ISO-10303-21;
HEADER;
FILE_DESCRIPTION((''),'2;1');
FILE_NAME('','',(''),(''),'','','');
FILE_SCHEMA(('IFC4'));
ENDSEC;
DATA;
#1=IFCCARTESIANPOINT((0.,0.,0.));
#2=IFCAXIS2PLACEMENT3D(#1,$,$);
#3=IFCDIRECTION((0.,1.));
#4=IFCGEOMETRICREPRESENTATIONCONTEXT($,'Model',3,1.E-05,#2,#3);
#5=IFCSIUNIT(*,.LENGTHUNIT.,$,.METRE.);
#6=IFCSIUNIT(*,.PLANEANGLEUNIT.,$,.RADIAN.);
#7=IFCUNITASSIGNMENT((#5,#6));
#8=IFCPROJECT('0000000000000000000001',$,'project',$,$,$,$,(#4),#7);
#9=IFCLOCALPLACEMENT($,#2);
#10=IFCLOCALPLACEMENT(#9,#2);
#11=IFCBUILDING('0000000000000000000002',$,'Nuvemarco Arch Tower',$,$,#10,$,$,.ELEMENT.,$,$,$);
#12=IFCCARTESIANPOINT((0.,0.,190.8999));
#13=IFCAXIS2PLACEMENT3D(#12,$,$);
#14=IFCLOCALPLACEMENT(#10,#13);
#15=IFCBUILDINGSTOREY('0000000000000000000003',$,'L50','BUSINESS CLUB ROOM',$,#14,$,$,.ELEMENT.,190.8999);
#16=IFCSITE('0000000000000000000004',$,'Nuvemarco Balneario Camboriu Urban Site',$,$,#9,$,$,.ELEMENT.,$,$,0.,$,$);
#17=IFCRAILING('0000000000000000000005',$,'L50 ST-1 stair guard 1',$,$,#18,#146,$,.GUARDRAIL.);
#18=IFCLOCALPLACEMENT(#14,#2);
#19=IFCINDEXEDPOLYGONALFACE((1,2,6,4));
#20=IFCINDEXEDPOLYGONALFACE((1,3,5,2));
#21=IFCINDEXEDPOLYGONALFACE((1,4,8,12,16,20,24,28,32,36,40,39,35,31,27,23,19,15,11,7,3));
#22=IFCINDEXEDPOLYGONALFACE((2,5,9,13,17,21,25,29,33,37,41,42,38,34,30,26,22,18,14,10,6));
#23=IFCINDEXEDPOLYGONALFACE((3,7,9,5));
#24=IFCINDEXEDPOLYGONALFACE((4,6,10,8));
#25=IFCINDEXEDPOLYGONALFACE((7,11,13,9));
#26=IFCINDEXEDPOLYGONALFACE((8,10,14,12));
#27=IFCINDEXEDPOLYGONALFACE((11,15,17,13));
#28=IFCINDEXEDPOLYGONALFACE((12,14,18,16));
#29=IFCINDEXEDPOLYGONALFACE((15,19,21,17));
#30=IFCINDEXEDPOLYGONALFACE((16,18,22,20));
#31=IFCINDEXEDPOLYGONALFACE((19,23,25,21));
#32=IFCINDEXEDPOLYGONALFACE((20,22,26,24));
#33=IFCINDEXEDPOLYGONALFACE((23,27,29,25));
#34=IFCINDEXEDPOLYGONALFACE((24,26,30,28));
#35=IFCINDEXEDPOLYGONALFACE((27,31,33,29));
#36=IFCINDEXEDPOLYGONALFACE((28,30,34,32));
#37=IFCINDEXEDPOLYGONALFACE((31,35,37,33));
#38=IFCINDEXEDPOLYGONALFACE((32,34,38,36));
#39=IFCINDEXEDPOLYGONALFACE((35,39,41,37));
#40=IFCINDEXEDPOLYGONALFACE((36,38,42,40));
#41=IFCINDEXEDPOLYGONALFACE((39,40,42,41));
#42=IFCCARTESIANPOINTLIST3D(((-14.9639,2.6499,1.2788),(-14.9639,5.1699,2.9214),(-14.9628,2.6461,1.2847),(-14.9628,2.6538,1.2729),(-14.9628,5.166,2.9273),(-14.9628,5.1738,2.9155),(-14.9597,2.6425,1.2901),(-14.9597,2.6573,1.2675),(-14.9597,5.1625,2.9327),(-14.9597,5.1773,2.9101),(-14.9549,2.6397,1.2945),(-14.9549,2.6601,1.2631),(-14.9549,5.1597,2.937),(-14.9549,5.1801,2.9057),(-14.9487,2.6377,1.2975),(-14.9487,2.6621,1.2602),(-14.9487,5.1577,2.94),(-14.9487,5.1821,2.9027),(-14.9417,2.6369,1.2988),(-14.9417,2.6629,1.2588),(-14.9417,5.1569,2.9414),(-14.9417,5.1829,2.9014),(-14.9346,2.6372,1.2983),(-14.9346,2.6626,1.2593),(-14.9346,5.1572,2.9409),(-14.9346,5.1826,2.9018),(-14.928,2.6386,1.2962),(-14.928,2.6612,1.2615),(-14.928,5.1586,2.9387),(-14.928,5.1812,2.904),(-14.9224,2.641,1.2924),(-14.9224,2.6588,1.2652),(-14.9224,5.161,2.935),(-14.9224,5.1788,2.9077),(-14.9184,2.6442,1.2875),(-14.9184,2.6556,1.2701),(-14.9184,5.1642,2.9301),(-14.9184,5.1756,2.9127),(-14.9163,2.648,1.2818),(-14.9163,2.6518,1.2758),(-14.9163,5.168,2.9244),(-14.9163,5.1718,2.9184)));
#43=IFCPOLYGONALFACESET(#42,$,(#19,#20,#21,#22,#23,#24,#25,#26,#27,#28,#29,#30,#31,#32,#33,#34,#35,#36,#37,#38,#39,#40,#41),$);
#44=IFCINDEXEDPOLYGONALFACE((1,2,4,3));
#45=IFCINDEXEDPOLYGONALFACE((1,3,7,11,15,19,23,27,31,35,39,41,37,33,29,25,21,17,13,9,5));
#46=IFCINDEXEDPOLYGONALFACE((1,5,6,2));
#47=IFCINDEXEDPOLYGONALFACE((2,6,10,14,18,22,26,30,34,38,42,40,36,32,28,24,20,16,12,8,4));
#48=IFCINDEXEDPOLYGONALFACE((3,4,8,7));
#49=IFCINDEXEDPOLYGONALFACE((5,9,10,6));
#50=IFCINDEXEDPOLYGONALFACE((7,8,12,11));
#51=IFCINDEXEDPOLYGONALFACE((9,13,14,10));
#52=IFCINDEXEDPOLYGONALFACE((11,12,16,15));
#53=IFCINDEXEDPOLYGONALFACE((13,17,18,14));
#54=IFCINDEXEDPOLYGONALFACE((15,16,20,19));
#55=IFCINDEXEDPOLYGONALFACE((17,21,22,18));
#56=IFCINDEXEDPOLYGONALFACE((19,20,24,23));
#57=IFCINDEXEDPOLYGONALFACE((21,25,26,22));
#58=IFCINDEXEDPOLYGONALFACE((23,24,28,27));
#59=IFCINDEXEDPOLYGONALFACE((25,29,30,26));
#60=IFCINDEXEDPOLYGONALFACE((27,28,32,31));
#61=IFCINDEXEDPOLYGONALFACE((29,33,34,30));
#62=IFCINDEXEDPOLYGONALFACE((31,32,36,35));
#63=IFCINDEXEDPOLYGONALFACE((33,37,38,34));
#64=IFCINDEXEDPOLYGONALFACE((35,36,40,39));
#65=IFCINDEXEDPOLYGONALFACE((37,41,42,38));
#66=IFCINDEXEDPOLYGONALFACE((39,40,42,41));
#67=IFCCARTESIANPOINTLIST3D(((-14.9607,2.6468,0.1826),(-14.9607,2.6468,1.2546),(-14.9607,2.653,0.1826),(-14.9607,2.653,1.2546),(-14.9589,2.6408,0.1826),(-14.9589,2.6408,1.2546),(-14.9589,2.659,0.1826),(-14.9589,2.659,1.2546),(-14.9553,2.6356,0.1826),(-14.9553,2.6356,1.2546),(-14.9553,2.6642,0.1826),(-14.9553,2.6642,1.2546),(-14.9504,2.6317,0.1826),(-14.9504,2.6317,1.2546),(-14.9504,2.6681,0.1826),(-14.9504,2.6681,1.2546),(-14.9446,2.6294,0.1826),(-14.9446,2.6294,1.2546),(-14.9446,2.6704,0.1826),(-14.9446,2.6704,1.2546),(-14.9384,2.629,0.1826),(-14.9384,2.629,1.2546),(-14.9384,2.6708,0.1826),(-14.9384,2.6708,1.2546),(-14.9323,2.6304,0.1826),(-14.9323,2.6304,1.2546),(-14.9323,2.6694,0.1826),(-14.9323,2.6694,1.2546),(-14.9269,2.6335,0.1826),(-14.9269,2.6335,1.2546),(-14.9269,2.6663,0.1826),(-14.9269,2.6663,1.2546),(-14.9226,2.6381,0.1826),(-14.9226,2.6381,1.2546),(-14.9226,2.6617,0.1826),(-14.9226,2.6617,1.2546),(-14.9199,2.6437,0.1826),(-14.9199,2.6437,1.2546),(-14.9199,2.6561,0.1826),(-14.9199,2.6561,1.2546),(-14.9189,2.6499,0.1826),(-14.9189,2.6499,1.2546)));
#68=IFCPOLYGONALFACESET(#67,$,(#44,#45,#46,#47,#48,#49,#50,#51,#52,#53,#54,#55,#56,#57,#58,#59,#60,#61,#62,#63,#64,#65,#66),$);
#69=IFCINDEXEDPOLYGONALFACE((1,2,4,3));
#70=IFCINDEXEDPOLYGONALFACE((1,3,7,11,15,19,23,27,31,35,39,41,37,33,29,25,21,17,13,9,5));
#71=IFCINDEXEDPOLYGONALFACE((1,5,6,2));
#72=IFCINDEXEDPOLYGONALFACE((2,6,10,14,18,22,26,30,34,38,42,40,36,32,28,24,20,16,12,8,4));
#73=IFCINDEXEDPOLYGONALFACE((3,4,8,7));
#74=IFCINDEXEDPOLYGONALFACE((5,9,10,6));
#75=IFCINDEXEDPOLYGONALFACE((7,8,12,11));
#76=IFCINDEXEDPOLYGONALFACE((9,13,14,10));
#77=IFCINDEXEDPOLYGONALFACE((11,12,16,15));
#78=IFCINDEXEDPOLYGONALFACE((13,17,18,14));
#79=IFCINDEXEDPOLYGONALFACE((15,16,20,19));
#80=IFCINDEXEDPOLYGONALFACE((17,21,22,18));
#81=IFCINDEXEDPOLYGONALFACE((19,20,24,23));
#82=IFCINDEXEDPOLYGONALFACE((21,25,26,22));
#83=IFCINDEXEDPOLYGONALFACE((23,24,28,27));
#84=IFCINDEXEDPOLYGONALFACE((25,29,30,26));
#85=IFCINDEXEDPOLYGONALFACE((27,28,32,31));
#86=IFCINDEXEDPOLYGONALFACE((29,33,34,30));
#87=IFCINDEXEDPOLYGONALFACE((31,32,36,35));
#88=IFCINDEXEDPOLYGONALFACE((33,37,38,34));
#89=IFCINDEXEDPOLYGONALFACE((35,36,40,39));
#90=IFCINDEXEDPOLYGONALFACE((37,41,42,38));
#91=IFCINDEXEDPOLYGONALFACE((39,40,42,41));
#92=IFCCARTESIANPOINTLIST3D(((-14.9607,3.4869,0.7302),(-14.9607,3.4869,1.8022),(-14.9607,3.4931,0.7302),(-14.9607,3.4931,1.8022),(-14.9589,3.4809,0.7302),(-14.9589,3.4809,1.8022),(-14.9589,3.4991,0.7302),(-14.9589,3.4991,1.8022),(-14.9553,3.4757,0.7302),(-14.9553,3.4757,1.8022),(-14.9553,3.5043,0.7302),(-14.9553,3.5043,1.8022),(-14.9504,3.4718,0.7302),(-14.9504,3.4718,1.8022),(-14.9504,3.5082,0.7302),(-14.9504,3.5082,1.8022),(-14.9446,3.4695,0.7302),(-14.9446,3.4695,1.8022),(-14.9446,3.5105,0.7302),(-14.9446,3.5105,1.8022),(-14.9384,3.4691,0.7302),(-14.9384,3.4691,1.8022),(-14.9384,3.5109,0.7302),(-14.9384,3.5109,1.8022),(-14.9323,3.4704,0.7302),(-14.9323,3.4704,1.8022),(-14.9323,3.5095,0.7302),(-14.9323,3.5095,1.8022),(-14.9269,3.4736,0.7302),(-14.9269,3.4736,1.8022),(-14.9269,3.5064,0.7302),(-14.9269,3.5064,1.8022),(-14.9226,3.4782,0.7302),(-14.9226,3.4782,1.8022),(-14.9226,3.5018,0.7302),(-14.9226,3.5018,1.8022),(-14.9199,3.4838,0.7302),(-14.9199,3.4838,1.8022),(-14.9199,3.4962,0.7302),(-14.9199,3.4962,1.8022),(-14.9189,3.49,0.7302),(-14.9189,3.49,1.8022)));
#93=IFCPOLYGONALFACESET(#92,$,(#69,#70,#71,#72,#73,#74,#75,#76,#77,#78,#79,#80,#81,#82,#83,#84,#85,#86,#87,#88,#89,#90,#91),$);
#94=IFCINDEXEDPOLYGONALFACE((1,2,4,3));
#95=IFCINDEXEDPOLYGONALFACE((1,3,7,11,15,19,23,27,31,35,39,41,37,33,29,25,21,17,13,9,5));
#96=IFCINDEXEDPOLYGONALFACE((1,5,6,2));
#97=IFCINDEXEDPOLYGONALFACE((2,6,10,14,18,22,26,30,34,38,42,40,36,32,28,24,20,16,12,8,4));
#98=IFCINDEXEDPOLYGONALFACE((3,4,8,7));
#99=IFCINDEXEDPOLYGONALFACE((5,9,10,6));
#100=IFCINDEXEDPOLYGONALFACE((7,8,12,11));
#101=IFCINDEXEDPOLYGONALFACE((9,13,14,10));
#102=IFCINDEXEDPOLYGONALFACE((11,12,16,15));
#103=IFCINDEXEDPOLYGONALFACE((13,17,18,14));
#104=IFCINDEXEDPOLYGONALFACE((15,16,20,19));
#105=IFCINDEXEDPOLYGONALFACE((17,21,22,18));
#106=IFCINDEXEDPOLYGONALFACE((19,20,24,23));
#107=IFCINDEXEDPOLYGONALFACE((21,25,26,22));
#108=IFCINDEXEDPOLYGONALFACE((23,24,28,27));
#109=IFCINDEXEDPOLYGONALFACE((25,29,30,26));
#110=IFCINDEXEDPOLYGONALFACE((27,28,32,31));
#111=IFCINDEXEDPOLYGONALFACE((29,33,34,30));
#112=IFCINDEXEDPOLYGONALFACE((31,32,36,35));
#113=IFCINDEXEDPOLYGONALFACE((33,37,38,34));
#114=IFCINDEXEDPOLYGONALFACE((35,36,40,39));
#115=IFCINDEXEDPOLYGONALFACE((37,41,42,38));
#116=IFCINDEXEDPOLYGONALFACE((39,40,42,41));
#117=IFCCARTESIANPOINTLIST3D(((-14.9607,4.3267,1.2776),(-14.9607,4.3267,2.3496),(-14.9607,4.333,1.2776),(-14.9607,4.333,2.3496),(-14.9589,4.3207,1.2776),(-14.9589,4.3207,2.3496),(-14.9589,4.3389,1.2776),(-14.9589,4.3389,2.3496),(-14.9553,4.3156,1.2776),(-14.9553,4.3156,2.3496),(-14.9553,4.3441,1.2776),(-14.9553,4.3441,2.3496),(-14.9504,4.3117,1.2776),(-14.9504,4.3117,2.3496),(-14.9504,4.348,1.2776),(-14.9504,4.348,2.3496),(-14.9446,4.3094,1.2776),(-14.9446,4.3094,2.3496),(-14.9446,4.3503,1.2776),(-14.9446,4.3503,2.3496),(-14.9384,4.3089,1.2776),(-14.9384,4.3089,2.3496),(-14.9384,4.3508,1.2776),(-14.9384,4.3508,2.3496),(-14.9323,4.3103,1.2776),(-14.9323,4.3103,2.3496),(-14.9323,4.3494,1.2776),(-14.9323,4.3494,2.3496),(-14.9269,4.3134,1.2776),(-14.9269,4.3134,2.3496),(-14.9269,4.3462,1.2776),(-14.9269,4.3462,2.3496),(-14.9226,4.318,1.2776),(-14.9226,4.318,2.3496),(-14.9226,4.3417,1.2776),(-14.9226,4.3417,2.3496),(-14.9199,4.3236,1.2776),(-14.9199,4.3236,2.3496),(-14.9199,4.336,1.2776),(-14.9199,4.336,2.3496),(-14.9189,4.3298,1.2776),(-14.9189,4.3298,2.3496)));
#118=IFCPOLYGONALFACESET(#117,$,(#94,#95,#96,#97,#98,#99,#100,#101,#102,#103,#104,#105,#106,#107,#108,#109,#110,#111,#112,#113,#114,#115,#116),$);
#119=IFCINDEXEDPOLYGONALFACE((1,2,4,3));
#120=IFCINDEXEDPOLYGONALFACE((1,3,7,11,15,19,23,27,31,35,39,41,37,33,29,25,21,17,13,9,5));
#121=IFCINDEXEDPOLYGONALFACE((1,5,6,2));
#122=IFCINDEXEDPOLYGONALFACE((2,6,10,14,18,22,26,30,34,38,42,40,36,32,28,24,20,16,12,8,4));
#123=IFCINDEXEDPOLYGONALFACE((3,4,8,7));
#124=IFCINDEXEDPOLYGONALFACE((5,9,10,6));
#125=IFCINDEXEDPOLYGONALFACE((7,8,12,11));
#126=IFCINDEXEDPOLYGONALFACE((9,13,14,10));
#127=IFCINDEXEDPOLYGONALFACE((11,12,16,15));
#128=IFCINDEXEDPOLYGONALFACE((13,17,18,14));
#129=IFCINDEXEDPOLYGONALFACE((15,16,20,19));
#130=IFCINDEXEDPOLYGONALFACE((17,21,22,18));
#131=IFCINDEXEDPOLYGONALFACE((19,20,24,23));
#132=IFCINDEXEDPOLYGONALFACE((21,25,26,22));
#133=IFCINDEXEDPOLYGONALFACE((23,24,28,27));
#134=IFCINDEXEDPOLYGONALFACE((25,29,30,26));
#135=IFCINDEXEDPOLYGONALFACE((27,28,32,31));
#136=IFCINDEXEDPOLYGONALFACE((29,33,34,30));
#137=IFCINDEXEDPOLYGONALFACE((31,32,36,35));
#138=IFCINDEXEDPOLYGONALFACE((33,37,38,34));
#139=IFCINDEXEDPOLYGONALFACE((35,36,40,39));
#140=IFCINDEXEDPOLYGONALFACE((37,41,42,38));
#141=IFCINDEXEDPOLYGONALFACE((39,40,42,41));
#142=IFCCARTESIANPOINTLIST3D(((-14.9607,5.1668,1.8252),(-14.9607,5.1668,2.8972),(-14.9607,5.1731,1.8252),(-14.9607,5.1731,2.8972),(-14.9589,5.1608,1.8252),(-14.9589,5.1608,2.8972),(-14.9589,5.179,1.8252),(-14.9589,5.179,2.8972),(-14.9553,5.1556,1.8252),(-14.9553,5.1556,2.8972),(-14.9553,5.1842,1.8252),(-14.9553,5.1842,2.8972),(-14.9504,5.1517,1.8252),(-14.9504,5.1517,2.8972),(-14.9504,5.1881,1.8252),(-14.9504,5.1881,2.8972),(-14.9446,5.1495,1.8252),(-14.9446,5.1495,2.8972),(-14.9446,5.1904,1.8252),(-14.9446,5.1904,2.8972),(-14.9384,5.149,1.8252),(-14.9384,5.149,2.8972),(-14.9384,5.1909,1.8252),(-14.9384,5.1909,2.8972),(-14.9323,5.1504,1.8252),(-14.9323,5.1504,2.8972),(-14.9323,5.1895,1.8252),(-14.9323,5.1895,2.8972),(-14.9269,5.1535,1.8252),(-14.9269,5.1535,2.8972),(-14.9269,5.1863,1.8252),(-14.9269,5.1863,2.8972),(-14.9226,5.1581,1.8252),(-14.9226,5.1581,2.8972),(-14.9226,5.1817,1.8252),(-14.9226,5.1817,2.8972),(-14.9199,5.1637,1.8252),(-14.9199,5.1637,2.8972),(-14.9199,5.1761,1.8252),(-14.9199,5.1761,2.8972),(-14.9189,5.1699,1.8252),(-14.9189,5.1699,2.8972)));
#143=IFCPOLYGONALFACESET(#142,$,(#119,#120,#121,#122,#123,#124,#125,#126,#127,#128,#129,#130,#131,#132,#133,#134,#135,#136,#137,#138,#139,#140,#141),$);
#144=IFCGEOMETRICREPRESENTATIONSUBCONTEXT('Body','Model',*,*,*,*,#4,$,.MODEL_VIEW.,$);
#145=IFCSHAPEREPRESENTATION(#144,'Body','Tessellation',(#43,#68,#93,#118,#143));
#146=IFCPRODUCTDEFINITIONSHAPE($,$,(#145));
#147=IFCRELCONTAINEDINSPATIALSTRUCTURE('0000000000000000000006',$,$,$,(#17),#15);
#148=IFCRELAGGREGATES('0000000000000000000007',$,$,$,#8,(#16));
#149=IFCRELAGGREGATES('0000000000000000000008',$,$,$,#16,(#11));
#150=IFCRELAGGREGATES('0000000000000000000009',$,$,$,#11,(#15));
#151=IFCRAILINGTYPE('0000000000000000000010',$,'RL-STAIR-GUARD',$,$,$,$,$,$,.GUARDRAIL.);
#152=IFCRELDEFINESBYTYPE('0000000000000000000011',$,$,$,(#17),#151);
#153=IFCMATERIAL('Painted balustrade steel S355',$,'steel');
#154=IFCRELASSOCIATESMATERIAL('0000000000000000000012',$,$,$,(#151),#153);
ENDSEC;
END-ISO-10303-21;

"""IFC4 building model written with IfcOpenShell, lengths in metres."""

from ifc_helpers import new_model, si_unit, direction, frame, origin, origin_2d, place, context, subcontext, project, spatial, circle, extrude, material, type_object, element, save


model = new_model("IFC4")

# Units and contexts
model_context = context("Model", 3, precision=1e-05, world=origin(), true_north=direction((0.0, 1.0)))
body_context = subcontext(model_context, "Body", "Model", "MODEL_VIEW")
ifc_project = project(units=[si_unit("LENGTHUNIT", "METRE"), si_unit("PLANEANGLEUNIT", "RADIAN")], contexts=[model_context])

# Site, building, storey
site_placement = place(None, origin())
site = spatial("IfcSite", under=ifc_project, at=site_placement, Name="Nuvemarco Balneario Camboriu Urban Site", CompositionType="ELEMENT", RefElevation=0.0)
building_placement = place(site_placement, origin())
building = spatial("IfcBuilding", under=site, at=building_placement, Name="Nuvemarco Arch Tower", CompositionType="ELEMENT")
storey_placement = place(building_placement, frame((0.0, 0.0, 190.8999)))
storey = spatial("IfcBuildingStorey", under=building, at=storey_placement, Name="L50", Description="BUSINESS CLUB ROOM", CompositionType="ELEMENT", Elevation=190.8999)

# Railing
ifc_material_1 = material(Name="Painted balustrade steel S355", Category="steel")
railing_type_1 = type_object("IfcRailingType", Name="RL-STAIR-GUARD", PredefinedType="GUARDRAIL", material=ifc_material_1)
railing_1_placement = place(storey_placement, frame((-14.9399, 2.6499, 0.1826)))
element("IfcRailing", 1, at=railing_1_placement, inside=storey, type_object=railing_type_1, Name="L50 ST-1 stair guard 1", PredefinedType="GUARDRAIL", context=body_context, shape_type="SweptSolid", body=[
    extrude(circle(Radius=0.0239, at=origin_2d()), frame((0.0, 0.0, 1.0962), z_axis=(0.0, 0.837749, 0.546055), x_axis=(-1.0, 0.0, 0.0)), (0.0, 0.0, 1.0), 3.0081),
    extrude(circle(Radius=0.021, at=origin_2d()), origin(), (0.0, 0.0, 1.0), 1.072),
    extrude(circle(Radius=0.021, at=origin_2d()), frame((0.0, 0.8401, 0.5476)), (0.0, 0.0, 1.0), 1.072),
    extrude(circle(Radius=0.021, at=origin_2d()), frame((0.0, 1.6799, 1.095)), (0.0, 0.0, 1.0), 1.072),
    extrude(circle(Radius=0.021, at=origin_2d()), frame((0.0, 2.52, 1.6426)), (0.0, 0.0, 1.0), 1.072),
])

save(model, "model.ifc")
